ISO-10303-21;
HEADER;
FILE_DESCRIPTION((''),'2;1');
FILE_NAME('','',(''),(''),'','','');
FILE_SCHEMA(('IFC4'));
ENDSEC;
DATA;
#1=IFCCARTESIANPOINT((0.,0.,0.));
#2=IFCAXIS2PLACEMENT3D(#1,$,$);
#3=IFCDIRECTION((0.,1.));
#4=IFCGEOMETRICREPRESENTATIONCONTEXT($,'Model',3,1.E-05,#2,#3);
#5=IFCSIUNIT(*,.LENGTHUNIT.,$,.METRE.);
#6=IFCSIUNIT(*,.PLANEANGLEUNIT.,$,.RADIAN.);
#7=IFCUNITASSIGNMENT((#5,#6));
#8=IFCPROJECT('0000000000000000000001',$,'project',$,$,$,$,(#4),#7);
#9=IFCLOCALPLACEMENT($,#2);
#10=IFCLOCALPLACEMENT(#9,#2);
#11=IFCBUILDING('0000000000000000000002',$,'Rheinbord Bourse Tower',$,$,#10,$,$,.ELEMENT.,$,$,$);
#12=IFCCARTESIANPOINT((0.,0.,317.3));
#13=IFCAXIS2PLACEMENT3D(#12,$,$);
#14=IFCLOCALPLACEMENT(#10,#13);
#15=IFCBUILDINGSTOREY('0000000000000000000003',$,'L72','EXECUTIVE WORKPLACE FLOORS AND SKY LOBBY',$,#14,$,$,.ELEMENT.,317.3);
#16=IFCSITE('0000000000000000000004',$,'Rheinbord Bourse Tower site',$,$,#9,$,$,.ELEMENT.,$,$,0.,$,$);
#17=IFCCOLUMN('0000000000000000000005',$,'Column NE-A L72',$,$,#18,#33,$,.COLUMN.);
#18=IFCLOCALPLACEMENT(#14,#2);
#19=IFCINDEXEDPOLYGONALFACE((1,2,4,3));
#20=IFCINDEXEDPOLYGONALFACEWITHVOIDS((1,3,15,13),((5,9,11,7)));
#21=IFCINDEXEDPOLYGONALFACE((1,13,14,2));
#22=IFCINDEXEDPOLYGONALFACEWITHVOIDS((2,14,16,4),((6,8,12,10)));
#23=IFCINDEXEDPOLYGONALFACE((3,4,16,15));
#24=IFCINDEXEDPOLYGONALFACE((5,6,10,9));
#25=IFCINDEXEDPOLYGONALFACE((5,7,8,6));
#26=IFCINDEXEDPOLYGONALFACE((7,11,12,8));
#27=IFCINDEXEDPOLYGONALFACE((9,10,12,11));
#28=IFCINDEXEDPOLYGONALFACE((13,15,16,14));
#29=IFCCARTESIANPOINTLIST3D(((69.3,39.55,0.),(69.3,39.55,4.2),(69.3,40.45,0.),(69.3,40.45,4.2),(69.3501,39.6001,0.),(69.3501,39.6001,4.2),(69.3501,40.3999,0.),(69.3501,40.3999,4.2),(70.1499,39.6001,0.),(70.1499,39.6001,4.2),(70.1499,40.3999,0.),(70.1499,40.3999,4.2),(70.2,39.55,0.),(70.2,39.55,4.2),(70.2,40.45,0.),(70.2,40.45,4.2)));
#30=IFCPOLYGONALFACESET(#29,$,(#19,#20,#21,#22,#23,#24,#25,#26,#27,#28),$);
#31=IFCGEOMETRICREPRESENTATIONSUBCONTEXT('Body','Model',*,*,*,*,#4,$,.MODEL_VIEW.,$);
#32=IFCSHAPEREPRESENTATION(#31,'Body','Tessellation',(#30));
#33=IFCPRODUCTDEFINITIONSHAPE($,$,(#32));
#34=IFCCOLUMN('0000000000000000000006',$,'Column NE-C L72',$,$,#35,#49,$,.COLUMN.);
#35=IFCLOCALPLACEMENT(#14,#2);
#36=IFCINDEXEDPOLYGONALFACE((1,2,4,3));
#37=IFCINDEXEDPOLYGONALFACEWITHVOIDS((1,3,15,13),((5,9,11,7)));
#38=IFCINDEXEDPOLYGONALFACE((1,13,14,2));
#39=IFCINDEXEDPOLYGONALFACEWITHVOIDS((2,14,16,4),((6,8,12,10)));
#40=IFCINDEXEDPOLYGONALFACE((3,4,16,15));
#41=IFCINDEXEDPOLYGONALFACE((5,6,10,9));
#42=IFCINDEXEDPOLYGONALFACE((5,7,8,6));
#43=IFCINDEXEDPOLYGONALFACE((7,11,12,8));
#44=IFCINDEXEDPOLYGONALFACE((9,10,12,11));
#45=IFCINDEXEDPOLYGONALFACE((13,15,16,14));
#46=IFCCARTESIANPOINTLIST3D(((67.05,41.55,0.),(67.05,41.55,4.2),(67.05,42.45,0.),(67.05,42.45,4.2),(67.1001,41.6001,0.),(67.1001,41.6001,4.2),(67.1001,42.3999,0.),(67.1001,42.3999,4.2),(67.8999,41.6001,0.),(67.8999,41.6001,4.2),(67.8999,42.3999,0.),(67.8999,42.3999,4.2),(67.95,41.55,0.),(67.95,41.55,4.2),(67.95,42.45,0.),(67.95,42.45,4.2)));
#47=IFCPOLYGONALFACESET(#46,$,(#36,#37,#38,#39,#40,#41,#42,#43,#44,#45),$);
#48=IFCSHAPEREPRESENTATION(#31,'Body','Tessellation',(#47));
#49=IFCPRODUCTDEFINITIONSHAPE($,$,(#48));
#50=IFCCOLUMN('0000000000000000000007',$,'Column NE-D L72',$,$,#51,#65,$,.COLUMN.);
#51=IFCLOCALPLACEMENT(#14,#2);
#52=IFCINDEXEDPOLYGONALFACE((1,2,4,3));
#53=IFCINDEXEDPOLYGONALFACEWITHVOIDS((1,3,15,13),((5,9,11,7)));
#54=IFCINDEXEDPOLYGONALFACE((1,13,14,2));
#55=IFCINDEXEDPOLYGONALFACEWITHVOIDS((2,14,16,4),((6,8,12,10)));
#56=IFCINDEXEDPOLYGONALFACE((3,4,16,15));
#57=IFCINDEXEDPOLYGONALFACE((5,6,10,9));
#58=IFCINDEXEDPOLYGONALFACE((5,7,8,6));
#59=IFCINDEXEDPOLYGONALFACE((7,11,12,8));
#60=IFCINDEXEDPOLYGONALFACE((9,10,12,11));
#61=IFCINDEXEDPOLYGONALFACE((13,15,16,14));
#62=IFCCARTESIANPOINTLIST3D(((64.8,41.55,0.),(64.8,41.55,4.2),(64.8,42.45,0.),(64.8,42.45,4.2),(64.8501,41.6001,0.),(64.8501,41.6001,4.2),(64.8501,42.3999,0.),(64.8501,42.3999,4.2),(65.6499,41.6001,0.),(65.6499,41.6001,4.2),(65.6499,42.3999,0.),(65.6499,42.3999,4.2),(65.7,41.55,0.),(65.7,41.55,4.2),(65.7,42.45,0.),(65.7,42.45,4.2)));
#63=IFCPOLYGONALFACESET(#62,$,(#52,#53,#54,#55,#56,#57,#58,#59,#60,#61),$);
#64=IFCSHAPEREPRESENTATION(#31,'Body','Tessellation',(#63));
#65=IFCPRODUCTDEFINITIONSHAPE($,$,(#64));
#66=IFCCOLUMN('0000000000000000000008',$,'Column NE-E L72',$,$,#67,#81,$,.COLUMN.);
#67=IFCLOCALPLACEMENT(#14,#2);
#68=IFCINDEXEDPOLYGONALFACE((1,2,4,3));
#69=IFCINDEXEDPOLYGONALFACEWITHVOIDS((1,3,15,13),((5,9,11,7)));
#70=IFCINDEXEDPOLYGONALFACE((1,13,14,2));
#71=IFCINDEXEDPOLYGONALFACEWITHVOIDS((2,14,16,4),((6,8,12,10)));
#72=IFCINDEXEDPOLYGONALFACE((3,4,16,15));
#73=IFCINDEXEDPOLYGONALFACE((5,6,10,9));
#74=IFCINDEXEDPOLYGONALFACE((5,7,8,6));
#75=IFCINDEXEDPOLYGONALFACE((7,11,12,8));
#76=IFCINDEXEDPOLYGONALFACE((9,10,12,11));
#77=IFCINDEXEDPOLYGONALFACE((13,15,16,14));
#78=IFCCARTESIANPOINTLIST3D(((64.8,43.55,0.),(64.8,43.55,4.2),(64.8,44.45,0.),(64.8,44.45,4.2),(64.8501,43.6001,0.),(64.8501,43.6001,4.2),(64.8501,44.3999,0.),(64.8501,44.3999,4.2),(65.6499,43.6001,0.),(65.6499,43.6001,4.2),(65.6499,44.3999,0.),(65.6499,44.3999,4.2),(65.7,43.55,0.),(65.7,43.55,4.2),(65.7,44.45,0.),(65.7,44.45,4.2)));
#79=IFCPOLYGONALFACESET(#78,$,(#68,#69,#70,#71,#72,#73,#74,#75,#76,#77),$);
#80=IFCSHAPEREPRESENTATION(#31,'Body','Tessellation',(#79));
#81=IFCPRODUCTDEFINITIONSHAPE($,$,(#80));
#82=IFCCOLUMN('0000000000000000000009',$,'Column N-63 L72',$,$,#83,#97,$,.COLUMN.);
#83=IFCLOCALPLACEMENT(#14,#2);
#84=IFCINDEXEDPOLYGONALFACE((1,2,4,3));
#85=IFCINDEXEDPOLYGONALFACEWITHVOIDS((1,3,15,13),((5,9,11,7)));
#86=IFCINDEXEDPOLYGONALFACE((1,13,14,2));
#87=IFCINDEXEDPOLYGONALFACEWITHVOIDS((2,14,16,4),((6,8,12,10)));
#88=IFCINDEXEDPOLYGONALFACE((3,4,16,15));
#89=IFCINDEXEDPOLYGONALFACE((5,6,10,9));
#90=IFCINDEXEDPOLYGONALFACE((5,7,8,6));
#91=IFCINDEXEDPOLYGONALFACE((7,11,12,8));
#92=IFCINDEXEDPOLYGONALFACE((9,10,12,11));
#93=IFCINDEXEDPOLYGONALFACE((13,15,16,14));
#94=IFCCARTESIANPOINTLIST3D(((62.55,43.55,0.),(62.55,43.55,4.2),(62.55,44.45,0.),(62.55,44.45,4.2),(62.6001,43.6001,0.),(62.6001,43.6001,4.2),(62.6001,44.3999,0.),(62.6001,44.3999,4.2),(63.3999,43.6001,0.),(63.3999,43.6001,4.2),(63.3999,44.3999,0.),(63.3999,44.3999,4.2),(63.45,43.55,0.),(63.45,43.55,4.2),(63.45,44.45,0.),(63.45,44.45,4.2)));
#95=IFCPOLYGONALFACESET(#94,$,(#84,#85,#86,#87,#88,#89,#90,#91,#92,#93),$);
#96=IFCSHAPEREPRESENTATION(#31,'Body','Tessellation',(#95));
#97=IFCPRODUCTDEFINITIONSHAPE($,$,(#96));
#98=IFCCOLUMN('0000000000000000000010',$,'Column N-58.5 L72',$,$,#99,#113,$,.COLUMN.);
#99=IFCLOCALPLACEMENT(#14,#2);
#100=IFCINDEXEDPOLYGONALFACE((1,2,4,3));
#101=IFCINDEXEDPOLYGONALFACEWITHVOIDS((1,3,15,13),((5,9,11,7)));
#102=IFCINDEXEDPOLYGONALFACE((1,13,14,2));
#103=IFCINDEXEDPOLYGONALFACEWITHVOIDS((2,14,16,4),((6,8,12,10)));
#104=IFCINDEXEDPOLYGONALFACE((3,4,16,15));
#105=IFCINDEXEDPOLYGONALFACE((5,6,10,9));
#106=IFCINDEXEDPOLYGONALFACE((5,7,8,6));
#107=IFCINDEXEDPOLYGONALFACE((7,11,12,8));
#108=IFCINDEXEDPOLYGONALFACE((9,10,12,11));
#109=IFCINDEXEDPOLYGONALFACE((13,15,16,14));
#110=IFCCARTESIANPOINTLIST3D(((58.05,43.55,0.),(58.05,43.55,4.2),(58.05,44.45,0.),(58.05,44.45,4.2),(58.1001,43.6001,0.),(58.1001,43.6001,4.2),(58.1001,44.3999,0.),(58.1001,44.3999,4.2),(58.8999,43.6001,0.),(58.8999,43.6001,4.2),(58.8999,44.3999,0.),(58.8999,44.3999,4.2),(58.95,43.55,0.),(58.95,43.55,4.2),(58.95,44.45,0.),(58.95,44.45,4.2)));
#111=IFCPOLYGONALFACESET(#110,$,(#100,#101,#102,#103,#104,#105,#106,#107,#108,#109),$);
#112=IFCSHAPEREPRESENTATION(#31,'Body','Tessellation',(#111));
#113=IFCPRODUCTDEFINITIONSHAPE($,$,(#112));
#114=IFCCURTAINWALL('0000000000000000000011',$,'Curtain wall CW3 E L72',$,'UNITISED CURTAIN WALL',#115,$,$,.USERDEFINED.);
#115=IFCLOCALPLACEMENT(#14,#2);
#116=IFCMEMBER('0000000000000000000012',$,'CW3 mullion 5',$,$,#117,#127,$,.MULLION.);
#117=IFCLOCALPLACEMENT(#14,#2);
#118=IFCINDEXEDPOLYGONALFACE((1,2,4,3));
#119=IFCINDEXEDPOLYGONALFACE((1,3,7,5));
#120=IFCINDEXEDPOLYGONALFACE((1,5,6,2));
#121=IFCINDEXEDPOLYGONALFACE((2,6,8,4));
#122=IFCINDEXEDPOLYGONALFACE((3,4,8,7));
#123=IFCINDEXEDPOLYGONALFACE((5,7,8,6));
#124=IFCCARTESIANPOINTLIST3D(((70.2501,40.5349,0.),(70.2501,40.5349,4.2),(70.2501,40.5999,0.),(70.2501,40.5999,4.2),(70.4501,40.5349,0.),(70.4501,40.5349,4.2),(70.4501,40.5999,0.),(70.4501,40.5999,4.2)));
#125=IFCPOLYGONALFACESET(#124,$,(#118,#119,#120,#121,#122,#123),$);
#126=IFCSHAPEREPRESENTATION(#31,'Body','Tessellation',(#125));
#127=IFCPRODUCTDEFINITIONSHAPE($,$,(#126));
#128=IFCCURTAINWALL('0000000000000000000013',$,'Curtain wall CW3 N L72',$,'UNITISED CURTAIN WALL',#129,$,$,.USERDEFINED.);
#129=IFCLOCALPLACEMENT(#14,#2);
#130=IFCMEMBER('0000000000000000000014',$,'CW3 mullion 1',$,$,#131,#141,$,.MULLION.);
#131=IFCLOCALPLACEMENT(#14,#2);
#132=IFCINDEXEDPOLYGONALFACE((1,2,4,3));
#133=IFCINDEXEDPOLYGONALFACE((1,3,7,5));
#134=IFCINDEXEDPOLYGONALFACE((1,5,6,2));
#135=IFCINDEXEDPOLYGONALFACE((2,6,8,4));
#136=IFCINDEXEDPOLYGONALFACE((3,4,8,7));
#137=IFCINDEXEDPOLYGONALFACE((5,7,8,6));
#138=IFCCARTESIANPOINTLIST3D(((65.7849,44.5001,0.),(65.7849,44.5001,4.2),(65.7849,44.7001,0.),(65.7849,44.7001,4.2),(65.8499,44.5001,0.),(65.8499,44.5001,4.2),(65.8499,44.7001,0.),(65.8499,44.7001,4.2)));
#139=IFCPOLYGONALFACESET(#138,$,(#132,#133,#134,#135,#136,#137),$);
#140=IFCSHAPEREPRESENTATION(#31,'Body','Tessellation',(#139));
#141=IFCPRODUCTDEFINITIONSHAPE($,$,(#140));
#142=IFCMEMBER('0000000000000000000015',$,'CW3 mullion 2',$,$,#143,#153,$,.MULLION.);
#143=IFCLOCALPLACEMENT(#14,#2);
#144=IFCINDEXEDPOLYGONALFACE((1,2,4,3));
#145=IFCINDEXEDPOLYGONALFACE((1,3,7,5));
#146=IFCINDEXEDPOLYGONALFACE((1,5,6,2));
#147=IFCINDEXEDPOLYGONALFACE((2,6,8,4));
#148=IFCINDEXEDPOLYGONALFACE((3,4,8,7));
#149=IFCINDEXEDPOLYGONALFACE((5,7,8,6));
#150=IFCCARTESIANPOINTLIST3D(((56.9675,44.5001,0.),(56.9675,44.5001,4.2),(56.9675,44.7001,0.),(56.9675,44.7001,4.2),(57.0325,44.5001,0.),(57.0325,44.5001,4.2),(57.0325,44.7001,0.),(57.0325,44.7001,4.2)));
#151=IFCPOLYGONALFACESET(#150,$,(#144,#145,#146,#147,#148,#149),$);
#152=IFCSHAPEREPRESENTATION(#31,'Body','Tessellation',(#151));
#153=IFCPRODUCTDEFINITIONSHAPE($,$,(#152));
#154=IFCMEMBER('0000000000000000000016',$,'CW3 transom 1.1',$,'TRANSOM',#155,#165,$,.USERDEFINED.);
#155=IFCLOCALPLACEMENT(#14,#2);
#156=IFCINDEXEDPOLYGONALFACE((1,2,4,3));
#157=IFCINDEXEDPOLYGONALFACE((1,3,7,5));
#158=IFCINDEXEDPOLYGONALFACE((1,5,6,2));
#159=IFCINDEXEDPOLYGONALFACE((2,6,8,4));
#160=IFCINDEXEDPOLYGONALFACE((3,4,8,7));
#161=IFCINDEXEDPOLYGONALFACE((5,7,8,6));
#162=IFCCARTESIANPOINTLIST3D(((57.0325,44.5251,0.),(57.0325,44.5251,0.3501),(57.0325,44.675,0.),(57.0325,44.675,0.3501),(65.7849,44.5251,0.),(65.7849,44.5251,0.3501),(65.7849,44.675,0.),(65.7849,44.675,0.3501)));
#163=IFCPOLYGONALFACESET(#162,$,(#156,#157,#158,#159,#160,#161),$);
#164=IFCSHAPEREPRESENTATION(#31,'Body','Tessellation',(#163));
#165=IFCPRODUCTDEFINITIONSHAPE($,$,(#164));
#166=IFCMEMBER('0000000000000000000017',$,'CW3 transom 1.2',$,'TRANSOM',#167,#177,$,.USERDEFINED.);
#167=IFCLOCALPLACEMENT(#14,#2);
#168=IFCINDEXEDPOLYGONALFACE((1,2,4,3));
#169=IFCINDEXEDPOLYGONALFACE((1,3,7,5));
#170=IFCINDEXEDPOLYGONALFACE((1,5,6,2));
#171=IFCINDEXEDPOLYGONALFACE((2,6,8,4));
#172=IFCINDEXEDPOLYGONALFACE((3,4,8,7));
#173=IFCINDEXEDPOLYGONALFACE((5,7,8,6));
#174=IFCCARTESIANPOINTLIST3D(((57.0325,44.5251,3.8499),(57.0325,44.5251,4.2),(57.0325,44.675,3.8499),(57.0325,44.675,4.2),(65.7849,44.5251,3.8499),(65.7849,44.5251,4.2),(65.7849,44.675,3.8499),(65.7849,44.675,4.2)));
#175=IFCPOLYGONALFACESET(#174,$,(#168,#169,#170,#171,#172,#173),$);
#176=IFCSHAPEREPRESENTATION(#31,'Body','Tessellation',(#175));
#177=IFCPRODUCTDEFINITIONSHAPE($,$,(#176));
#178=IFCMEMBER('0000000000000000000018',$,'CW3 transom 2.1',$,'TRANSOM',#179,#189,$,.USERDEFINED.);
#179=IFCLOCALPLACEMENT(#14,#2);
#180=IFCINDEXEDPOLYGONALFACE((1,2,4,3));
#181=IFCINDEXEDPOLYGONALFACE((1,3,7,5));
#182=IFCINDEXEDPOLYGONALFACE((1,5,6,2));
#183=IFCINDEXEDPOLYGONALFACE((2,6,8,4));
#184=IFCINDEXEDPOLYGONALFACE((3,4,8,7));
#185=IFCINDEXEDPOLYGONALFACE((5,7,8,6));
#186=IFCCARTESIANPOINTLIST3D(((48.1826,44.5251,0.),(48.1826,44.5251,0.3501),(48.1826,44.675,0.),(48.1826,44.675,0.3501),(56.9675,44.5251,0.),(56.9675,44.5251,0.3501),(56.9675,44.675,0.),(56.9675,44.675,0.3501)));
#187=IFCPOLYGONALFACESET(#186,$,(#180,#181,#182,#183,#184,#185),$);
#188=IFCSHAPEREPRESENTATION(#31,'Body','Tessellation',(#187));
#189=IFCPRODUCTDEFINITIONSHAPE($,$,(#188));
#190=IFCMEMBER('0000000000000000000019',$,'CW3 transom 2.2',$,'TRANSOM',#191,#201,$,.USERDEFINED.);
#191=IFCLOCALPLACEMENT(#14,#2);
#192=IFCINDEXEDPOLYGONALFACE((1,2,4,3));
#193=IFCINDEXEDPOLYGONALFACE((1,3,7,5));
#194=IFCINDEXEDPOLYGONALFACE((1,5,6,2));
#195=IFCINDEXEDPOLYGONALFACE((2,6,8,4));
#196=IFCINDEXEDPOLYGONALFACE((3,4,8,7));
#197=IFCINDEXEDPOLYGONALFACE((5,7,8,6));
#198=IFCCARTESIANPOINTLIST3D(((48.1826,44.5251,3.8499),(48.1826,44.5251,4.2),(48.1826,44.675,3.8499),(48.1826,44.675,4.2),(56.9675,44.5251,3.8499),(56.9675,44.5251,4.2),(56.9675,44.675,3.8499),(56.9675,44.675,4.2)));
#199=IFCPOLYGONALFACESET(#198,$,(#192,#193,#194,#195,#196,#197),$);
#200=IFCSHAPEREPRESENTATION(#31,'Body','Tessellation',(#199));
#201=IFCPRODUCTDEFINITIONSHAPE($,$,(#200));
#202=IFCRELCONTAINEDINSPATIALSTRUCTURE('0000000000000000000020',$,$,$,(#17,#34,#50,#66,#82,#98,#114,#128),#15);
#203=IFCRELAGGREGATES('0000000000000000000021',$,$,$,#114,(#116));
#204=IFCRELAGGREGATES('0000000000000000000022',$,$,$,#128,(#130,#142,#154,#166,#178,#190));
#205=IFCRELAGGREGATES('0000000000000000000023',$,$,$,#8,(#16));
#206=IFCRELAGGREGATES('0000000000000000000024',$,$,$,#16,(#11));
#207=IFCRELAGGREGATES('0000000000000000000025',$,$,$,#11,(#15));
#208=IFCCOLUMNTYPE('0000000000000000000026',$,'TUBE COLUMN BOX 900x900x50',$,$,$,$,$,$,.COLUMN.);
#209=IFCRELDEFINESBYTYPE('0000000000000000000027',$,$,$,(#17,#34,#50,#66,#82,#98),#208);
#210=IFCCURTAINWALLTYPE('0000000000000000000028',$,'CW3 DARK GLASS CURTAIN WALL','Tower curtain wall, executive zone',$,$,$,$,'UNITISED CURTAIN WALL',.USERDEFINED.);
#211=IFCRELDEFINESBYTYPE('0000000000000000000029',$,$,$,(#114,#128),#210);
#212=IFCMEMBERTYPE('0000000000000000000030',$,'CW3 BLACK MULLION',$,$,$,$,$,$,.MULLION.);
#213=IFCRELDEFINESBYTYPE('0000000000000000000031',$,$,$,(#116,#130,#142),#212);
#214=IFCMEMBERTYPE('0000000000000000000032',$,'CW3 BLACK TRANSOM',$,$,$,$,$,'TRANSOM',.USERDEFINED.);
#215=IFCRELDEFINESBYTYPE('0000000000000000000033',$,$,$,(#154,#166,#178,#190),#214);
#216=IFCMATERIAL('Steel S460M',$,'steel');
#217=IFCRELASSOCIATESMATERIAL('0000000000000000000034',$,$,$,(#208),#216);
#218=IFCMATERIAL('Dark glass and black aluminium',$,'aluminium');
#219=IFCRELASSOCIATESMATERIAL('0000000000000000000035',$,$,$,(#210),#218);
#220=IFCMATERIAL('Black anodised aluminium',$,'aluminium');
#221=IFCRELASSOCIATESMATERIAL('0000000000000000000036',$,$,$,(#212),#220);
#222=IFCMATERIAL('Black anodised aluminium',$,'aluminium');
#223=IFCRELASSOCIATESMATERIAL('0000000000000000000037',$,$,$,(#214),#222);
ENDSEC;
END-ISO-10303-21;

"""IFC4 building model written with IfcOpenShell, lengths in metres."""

from ifc_helpers import new_model, si_unit, direction, frame, origin, origin_2d, place, context, subcontext, project, spatial, rectangle, hollow_rectangle, extrude, material, material_profile, profile_set, type_object, element, aggregate, save


model = new_model("IFC4")

# Units and contexts
model_context = context("Model", 3, precision=1e-05, world=origin(), true_north=direction((0.0, 1.0)))
body_context = subcontext(model_context, "Body", "Model", "MODEL_VIEW")
ifc_project = project(units=[si_unit("LENGTHUNIT", "METRE"), si_unit("PLANEANGLEUNIT", "RADIAN")], contexts=[model_context])

# Site, building, storey
site_placement = place(None, origin())
site = spatial("IfcSite", under=ifc_project, at=site_placement, Name="Rheinbord Bourse Tower site", CompositionType="ELEMENT", RefElevation=0.0)
building_placement = place(site_placement, origin())
building = spatial("IfcBuilding", under=site, at=building_placement, Name="Rheinbord Bourse Tower", CompositionType="ELEMENT")
storey_placement = place(building_placement, frame((0.0, 0.0, 317.3)))
storey = spatial("IfcBuildingStorey", under=building, at=storey_placement, Name="L72", Description="EXECUTIVE WORKPLACE FLOORS AND SKY LOBBY", CompositionType="ELEMENT", Elevation=317.3)

# Columns
ifc_material_1 = material(Name="Steel S460M", Category="steel")
ifc_material_profile_1 = material_profile(ifc_material_1, hollow_rectangle(XDim=0.8999, YDim=0.8999, WallThickness=0.05, at=origin_2d()), Name="BOX 900x900x50")
ifc_profile_set_1 = profile_set([ifc_material_profile_1], Name="Steel S460M")
column_type = type_object("IfcColumnType", Name="TUBE COLUMN BOX 900x900x50", PredefinedType="COLUMN", material=ifc_profile_set_1)
for number, where, z_axis, x_axis, name in (
    (1, (69.75, 40.0, 0.0), (0.0, 0.0, 1.0), (1.0, 0.0, 0.0), "Column NE-A L72"),
    (2, (67.5, 42.0, 0.0), (0.0, 0.0, 1.0), (1.0, 0.0, 0.0), "Column NE-C L72"),
    (3, (65.25, 42.0, 0.0), (0.0, 0.0, 1.0), (0.0, 1.0, 0.0), "Column NE-D L72"),
    (4, (65.25, 44.0, 0.0), (0.0, 0.0, 1.0), (0.0, 1.0, 0.0), "Column NE-E L72"),
    (5, (63.0, 44.0, 0.0), (0.0, 0.0, 1.0), (0.0, 1.0, 0.0), "Column N-63 L72"),
    (6, (58.5, 44.0, 0.0), (0.0, 0.0, 1.0), (0.0, 1.0, 0.0), "Column N-58.5 L72"),
):
    element("IfcColumn", number, at=place(storey_placement, frame(where, z_axis=z_axis, x_axis=x_axis)), inside=storey, type_object=column_type, Name=name, PredefinedType="COLUMN", context=body_context, shape_type="SweptSolid", body=[
        extrude(hollow_rectangle(XDim=0.8999, YDim=0.8999, WallThickness=0.05, at=origin_2d()), origin(), (0.0, 0.0, 1.0), 4.2),
    ])

# Curtain wall, member
ifc_material_2 = material(Name="Dark glass and black aluminium", Category="aluminium")
curtain_wall_type = type_object("IfcCurtainWallType", Name="CW3 DARK GLASS CURTAIN WALL", Description="Tower curtain wall, executive zone", ElementType="UNITISED CURTAIN WALL", PredefinedType="USERDEFINED", material=ifc_material_2)
curtain_wall_1_placement = place(storey_placement, origin())
curtain_wall_1 = element("IfcCurtainWall", 7, at=curtain_wall_1_placement, inside=storey, type_object=curtain_wall_type, Name="Curtain wall CW3 E L72", ObjectType="UNITISED CURTAIN WALL", PredefinedType="USERDEFINED")
ifc_material_3 = material(Name="Black anodised aluminium", Category="aluminium")
ifc_material_profile_2 = material_profile(ifc_material_3, rectangle(XDim=0.2, YDim=0.0649, at=origin_2d()), Name="CW3 MULLION 65x200")
ifc_profile_set_2 = profile_set([ifc_material_profile_2], Name="Black anodised aluminium")
member_type_1 = type_object("IfcMemberType", Name="CW3 BLACK MULLION", PredefinedType="MULLION", material=ifc_profile_set_2)
member_1_placement = place(storey_placement, frame((70.3501, 40.5674, 0.0), z_axis=(0.0, 0.0, 1.0), x_axis=(-1.0, 0.0, 0.0)))
member_1 = element("IfcMember", 8, at=member_1_placement, type_object=member_type_1, Name="CW3 mullion 5", PredefinedType="MULLION", context=body_context, shape_type="SweptSolid", body=[
    extrude(rectangle(XDim=0.2, YDim=0.0649, at=origin_2d()), origin(), (0.0, 0.0, 1.0), 4.2),
])

# Curtain wall, members
curtain_wall_2_placement = place(storey_placement, origin())
curtain_wall_2 = element("IfcCurtainWall", 9, at=curtain_wall_2_placement, inside=storey, type_object=curtain_wall_type, Name="Curtain wall CW3 N L72", ObjectType="UNITISED CURTAIN WALL", PredefinedType="USERDEFINED")
member_2_placement = place(storey_placement, frame((65.8174, 44.6001, 0.0), z_axis=(0.0, 0.0, 1.0), x_axis=(0.0, -1.0, 0.0)))
member_2 = element("IfcMember", 10, at=member_2_placement, type_object=member_type_1, Name="CW3 mullion 1", PredefinedType="MULLION", context=body_context, shape_type="SweptSolid", body=[
    extrude(rectangle(XDim=0.2, YDim=0.0649, at=origin_2d()), origin(), (0.0, 0.0, 1.0), 4.2),
])
member_3_placement = place(storey_placement, frame((57.0, 44.6001, 0.0), z_axis=(0.0, 0.0, 1.0), x_axis=(0.0, -1.0, 0.0)))
member_3 = element("IfcMember", 11, at=member_3_placement, type_object=member_type_1, Name="CW3 mullion 2", PredefinedType="MULLION", context=body_context, shape_type="SweptSolid", body=[
    extrude(rectangle(XDim=0.2, YDim=0.0649, at=origin_2d()), origin(), (0.0, 0.0, 1.0), 4.2),
])
ifc_material_4 = material(Name="Black anodised aluminium", Category="aluminium")
ifc_material_profile_3 = material_profile(ifc_material_4, rectangle(XDim=0.1499, YDim=0.3501, at=origin_2d()), Name="CW3 TRANSOM 350x150")
ifc_profile_set_3 = profile_set([ifc_material_profile_3], Name="Black anodised aluminium")
member_type_2 = type_object("IfcMemberType", Name="CW3 BLACK TRANSOM", ElementType="TRANSOM", PredefinedType="USERDEFINED", material=ifc_profile_set_3)
member_4_placement = place(storey_placement, frame((65.7849, 44.6001, 0.175), z_axis=(-1.0, 0.0, 0.0), x_axis=(0.0, -1.0, 0.0)))
member_4 = element("IfcMember", 12, at=member_4_placement, type_object=member_type_2, Name="CW3 transom 1.1", ObjectType="TRANSOM", PredefinedType="USERDEFINED", context=body_context, shape_type="SweptSolid", body=[
    extrude(rectangle(XDim=0.1499, YDim=0.3501, at=origin_2d()), origin(), (0.0, 0.0, 1.0), 8.7524),
])
member_5_placement = place(storey_placement, frame((65.7849, 44.6001, 4.0249), z_axis=(-1.0, 0.0, 0.0), x_axis=(0.0, -1.0, 0.0)))
member_5 = element("IfcMember", 13, at=member_5_placement, type_object=member_type_2, Name="CW3 transom 1.2", ObjectType="TRANSOM", PredefinedType="USERDEFINED", context=body_context, shape_type="SweptSolid", body=[
    extrude(rectangle(XDim=0.1499, YDim=0.3501, at=origin_2d()), origin(), (0.0, 0.0, 1.0), 8.7524),
])
member_6_placement = place(storey_placement, frame((56.9675, 44.6001, 0.175), z_axis=(-1.0, 0.0, 0.0), x_axis=(0.0, -1.0, 0.0)))
member_6 = element("IfcMember", 14, at=member_6_placement, type_object=member_type_2, Name="CW3 transom 2.1", ObjectType="TRANSOM", PredefinedType="USERDEFINED", context=body_context, shape_type="SweptSolid", body=[
    extrude(rectangle(XDim=0.1499, YDim=0.3501, at=origin_2d()), origin(), (0.0, 0.0, 1.0), 8.7849),
])
member_7_placement = place(storey_placement, frame((56.9675, 44.6001, 4.0249), z_axis=(-1.0, 0.0, 0.0), x_axis=(0.0, -1.0, 0.0)))
member_7 = element("IfcMember", 15, at=member_7_placement, type_object=member_type_2, Name="CW3 transom 2.2", ObjectType="TRANSOM", PredefinedType="USERDEFINED", context=body_context, shape_type="SweptSolid", body=[
    extrude(rectangle(XDim=0.1499, YDim=0.3501, at=origin_2d()), origin(), (0.0, 0.0, 1.0), 8.7849),
])

aggregate(curtain_wall_1, [member_1])
aggregate(curtain_wall_2, [member_2, member_3, member_4, member_5, member_6, member_7])

save(model, "model.ifc")
